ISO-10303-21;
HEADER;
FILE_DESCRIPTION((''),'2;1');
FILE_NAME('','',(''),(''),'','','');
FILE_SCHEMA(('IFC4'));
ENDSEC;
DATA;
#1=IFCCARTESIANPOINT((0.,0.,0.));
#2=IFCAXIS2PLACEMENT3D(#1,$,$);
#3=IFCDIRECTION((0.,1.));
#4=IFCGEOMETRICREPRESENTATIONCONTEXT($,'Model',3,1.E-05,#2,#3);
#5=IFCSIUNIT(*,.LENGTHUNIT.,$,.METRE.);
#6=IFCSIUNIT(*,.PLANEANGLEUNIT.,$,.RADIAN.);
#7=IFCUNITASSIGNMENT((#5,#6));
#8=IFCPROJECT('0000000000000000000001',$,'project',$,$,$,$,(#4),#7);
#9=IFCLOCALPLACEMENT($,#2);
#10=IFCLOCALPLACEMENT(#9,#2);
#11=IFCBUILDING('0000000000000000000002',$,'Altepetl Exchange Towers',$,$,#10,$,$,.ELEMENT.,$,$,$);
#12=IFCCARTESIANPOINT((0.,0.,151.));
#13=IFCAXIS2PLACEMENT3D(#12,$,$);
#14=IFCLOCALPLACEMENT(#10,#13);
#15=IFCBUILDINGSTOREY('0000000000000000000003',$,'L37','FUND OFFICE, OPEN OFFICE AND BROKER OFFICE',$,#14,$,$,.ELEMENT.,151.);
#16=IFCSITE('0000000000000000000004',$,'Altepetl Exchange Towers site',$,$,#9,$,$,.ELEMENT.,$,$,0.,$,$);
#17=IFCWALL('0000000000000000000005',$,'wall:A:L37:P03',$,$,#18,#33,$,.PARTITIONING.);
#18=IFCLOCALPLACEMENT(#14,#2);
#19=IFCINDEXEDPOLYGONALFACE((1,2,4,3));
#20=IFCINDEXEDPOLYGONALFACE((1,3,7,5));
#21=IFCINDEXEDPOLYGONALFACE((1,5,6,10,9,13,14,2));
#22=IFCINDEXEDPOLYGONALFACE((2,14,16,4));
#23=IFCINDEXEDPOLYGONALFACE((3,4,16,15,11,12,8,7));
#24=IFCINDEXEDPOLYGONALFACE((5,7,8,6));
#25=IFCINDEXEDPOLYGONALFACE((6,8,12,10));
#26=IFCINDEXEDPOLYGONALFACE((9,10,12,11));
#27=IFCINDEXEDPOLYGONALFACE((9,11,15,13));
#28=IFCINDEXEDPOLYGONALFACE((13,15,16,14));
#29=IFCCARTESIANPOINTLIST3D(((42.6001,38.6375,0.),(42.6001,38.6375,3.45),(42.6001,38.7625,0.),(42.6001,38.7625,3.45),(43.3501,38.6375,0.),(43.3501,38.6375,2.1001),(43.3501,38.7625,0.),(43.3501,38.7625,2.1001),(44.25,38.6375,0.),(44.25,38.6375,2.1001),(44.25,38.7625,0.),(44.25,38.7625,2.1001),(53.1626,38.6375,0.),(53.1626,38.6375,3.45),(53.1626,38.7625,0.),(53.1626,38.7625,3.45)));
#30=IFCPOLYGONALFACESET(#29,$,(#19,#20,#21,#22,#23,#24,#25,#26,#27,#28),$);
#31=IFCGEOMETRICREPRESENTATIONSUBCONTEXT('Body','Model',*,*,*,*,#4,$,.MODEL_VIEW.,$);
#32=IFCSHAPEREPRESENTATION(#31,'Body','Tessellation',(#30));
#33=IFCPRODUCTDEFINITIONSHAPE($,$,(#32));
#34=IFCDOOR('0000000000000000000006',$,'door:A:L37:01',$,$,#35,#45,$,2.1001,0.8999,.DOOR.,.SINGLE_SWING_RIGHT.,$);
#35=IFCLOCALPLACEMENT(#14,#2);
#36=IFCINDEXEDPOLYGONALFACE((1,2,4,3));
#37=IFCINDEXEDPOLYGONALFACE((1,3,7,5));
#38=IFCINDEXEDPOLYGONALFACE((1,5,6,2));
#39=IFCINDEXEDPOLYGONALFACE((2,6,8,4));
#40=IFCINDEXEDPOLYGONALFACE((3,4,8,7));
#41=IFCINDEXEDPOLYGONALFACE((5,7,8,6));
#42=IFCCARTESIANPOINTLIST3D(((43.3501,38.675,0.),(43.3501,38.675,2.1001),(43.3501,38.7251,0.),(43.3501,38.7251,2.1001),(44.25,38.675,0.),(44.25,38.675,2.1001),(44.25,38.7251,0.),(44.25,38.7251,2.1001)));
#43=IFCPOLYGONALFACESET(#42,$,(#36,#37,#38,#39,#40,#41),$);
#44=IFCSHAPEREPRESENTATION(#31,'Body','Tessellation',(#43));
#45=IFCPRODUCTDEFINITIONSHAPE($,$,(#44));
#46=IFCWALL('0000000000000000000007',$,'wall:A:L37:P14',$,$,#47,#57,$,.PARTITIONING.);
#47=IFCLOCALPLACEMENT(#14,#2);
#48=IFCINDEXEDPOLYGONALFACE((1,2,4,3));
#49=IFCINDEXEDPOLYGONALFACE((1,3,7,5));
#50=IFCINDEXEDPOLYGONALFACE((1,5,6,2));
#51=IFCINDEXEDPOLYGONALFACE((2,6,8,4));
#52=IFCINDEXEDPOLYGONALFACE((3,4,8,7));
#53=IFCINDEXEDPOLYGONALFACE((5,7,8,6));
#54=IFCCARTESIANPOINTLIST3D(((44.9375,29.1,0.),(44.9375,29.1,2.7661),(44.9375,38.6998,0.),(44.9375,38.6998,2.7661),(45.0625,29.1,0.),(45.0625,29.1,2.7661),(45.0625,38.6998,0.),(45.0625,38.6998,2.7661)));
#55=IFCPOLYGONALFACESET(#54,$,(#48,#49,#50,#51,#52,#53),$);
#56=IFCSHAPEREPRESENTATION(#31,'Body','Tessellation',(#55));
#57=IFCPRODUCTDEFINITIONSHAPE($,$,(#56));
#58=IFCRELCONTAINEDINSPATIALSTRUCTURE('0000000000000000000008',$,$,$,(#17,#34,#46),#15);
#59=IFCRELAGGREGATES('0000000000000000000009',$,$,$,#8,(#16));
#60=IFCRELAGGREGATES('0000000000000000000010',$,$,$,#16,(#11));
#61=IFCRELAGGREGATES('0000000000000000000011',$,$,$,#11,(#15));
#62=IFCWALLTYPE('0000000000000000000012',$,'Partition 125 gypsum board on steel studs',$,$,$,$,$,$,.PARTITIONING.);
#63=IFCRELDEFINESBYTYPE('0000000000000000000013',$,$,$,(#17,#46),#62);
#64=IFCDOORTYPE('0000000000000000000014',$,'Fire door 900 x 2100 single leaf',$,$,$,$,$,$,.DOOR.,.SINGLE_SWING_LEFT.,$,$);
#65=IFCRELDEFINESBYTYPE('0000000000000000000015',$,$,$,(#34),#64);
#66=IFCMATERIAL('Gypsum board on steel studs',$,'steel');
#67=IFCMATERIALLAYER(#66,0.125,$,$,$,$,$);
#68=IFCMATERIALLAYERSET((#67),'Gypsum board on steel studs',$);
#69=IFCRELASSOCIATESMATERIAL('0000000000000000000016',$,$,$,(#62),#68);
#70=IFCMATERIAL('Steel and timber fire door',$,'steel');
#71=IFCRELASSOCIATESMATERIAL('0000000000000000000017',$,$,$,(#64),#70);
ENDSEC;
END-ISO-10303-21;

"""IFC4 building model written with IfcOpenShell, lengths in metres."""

from ifc_helpers import new_model, si_unit, direction, frame, frame_2d, origin, place, context, subcontext, project, spatial, rectangle, extrude, material, layer, layer_set, type_object, element, fill, save


model = new_model("IFC4")

# Units and contexts
model_context = context("Model", 3, precision=1e-05, world=origin(), true_north=direction((0.0, 1.0)))
body_context = subcontext(model_context, "Body", "Model", "MODEL_VIEW")
ifc_project = project(units=[si_unit("LENGTHUNIT", "METRE"), si_unit("PLANEANGLEUNIT", "RADIAN")], contexts=[model_context])

# Site, building, storey
site_placement = place(None, origin())
site = spatial("IfcSite", under=ifc_project, at=site_placement, Name="Altepetl Exchange Towers site", CompositionType="ELEMENT", RefElevation=0.0)
building_placement = place(site_placement, origin())
building = spatial("IfcBuilding", under=site, at=building_placement, Name="Altepetl Exchange Towers", CompositionType="ELEMENT")
storey_placement = place(building_placement, frame((0.0, 0.0, 151.0)))
storey = spatial("IfcBuildingStorey", under=building, at=storey_placement, Name="L37", Description="FUND OFFICE, OPEN OFFICE AND BROKER OFFICE", CompositionType="ELEMENT", Elevation=151.0)

# Wall, opening, door
ifc_material_1 = material(Name="Gypsum board on steel studs", Category="steel")
ifc_layer_1 = layer(ifc_material_1, 0.125)
ifc_layer_set_1 = layer_set([ifc_layer_1], Name="Gypsum board on steel studs")
wall_type_1 = type_object("IfcWallType", Name="Partition 125 gypsum board on steel studs", PredefinedType="PARTITIONING", material=ifc_layer_set_1)
wall_1_placement = place(storey_placement, frame((42.6001, 38.7, 0.0)))
wall_1 = element("IfcWall", 1, at=wall_1_placement, inside=storey, type_object=wall_type_1, Name="wall:A:L37:P03", PredefinedType="PARTITIONING", context=body_context, shape_type="SweptSolid", body=[
    extrude(rectangle(XDim=10.5625, YDim=0.125, at=frame_2d((5.2812, 0.0))), origin(), (0.0, 0.0, 1.0), 3.45),
])
opening_1_placement = place(wall_1_placement, frame((0.75, 0.0, 0.0)))
opening_1 = element("IfcOpeningElement", 2, at=opening_1_placement, cuts=wall_1, PredefinedType="OPENING", context=body_context, shape_type="SweptSolid", body=[
    extrude(rectangle(XDim=0.8999, YDim=2.1001, at=frame_2d((0.45, 1.05))), frame((0.0, 0.0725, 0.0), z_axis=(0.0, -1.0, 0.0), x_axis=(1.0, 0.0, 0.0)), (0.0, 0.0, 1.0), 0.145),
])
ifc_material_2 = material(Name="Steel and timber fire door", Category="steel")
door_type_1 = type_object("IfcDoorType", Name="Fire door 900 x 2100 single leaf", OperationType="SINGLE_SWING_LEFT", PredefinedType="DOOR", material=ifc_material_2)
door_1_placement = place(opening_1_placement, frame((0.8999, 0.0, 0.0), x_axis=(-1.0, 0.0, 0.0)))
door_1 = element("IfcDoor", 3, at=door_1_placement, inside=storey, type_object=door_type_1, Name="door:A:L37:01", OperationType="SINGLE_SWING_RIGHT", OverallHeight=2.1001, OverallWidth=0.8999, PredefinedType="DOOR", context=body_context, shape_type="SweptSolid", body=[
    extrude(rectangle(XDim=0.8999, YDim=2.1001, at=frame_2d((0.45, 1.05))), frame((0.0, 0.0249, 0.0), z_axis=(0.0, -1.0, 0.0), x_axis=(1.0, 0.0, 0.0)), (0.0, 0.0, 1.0), 0.05),
])
fill(opening_1, door_1)

# Wall
wall_2_placement = place(storey_placement, frame((45.0, 29.1001, 0.0), z_axis=(0.0, 0.0, 1.0), x_axis=(0.0, 1.0, 0.0)))
element("IfcWall", 4, at=wall_2_placement, inside=storey, type_object=wall_type_1, Name="wall:A:L37:P14", PredefinedType="PARTITIONING", context=body_context, shape_type="SweptSolid", body=[
    extrude(rectangle(XDim=9.5999, YDim=0.125, at=frame_2d((4.7998, 0.0))), origin(), (0.0, 0.0, 1.0), 2.7661),
])

save(model, "model.ifc")
